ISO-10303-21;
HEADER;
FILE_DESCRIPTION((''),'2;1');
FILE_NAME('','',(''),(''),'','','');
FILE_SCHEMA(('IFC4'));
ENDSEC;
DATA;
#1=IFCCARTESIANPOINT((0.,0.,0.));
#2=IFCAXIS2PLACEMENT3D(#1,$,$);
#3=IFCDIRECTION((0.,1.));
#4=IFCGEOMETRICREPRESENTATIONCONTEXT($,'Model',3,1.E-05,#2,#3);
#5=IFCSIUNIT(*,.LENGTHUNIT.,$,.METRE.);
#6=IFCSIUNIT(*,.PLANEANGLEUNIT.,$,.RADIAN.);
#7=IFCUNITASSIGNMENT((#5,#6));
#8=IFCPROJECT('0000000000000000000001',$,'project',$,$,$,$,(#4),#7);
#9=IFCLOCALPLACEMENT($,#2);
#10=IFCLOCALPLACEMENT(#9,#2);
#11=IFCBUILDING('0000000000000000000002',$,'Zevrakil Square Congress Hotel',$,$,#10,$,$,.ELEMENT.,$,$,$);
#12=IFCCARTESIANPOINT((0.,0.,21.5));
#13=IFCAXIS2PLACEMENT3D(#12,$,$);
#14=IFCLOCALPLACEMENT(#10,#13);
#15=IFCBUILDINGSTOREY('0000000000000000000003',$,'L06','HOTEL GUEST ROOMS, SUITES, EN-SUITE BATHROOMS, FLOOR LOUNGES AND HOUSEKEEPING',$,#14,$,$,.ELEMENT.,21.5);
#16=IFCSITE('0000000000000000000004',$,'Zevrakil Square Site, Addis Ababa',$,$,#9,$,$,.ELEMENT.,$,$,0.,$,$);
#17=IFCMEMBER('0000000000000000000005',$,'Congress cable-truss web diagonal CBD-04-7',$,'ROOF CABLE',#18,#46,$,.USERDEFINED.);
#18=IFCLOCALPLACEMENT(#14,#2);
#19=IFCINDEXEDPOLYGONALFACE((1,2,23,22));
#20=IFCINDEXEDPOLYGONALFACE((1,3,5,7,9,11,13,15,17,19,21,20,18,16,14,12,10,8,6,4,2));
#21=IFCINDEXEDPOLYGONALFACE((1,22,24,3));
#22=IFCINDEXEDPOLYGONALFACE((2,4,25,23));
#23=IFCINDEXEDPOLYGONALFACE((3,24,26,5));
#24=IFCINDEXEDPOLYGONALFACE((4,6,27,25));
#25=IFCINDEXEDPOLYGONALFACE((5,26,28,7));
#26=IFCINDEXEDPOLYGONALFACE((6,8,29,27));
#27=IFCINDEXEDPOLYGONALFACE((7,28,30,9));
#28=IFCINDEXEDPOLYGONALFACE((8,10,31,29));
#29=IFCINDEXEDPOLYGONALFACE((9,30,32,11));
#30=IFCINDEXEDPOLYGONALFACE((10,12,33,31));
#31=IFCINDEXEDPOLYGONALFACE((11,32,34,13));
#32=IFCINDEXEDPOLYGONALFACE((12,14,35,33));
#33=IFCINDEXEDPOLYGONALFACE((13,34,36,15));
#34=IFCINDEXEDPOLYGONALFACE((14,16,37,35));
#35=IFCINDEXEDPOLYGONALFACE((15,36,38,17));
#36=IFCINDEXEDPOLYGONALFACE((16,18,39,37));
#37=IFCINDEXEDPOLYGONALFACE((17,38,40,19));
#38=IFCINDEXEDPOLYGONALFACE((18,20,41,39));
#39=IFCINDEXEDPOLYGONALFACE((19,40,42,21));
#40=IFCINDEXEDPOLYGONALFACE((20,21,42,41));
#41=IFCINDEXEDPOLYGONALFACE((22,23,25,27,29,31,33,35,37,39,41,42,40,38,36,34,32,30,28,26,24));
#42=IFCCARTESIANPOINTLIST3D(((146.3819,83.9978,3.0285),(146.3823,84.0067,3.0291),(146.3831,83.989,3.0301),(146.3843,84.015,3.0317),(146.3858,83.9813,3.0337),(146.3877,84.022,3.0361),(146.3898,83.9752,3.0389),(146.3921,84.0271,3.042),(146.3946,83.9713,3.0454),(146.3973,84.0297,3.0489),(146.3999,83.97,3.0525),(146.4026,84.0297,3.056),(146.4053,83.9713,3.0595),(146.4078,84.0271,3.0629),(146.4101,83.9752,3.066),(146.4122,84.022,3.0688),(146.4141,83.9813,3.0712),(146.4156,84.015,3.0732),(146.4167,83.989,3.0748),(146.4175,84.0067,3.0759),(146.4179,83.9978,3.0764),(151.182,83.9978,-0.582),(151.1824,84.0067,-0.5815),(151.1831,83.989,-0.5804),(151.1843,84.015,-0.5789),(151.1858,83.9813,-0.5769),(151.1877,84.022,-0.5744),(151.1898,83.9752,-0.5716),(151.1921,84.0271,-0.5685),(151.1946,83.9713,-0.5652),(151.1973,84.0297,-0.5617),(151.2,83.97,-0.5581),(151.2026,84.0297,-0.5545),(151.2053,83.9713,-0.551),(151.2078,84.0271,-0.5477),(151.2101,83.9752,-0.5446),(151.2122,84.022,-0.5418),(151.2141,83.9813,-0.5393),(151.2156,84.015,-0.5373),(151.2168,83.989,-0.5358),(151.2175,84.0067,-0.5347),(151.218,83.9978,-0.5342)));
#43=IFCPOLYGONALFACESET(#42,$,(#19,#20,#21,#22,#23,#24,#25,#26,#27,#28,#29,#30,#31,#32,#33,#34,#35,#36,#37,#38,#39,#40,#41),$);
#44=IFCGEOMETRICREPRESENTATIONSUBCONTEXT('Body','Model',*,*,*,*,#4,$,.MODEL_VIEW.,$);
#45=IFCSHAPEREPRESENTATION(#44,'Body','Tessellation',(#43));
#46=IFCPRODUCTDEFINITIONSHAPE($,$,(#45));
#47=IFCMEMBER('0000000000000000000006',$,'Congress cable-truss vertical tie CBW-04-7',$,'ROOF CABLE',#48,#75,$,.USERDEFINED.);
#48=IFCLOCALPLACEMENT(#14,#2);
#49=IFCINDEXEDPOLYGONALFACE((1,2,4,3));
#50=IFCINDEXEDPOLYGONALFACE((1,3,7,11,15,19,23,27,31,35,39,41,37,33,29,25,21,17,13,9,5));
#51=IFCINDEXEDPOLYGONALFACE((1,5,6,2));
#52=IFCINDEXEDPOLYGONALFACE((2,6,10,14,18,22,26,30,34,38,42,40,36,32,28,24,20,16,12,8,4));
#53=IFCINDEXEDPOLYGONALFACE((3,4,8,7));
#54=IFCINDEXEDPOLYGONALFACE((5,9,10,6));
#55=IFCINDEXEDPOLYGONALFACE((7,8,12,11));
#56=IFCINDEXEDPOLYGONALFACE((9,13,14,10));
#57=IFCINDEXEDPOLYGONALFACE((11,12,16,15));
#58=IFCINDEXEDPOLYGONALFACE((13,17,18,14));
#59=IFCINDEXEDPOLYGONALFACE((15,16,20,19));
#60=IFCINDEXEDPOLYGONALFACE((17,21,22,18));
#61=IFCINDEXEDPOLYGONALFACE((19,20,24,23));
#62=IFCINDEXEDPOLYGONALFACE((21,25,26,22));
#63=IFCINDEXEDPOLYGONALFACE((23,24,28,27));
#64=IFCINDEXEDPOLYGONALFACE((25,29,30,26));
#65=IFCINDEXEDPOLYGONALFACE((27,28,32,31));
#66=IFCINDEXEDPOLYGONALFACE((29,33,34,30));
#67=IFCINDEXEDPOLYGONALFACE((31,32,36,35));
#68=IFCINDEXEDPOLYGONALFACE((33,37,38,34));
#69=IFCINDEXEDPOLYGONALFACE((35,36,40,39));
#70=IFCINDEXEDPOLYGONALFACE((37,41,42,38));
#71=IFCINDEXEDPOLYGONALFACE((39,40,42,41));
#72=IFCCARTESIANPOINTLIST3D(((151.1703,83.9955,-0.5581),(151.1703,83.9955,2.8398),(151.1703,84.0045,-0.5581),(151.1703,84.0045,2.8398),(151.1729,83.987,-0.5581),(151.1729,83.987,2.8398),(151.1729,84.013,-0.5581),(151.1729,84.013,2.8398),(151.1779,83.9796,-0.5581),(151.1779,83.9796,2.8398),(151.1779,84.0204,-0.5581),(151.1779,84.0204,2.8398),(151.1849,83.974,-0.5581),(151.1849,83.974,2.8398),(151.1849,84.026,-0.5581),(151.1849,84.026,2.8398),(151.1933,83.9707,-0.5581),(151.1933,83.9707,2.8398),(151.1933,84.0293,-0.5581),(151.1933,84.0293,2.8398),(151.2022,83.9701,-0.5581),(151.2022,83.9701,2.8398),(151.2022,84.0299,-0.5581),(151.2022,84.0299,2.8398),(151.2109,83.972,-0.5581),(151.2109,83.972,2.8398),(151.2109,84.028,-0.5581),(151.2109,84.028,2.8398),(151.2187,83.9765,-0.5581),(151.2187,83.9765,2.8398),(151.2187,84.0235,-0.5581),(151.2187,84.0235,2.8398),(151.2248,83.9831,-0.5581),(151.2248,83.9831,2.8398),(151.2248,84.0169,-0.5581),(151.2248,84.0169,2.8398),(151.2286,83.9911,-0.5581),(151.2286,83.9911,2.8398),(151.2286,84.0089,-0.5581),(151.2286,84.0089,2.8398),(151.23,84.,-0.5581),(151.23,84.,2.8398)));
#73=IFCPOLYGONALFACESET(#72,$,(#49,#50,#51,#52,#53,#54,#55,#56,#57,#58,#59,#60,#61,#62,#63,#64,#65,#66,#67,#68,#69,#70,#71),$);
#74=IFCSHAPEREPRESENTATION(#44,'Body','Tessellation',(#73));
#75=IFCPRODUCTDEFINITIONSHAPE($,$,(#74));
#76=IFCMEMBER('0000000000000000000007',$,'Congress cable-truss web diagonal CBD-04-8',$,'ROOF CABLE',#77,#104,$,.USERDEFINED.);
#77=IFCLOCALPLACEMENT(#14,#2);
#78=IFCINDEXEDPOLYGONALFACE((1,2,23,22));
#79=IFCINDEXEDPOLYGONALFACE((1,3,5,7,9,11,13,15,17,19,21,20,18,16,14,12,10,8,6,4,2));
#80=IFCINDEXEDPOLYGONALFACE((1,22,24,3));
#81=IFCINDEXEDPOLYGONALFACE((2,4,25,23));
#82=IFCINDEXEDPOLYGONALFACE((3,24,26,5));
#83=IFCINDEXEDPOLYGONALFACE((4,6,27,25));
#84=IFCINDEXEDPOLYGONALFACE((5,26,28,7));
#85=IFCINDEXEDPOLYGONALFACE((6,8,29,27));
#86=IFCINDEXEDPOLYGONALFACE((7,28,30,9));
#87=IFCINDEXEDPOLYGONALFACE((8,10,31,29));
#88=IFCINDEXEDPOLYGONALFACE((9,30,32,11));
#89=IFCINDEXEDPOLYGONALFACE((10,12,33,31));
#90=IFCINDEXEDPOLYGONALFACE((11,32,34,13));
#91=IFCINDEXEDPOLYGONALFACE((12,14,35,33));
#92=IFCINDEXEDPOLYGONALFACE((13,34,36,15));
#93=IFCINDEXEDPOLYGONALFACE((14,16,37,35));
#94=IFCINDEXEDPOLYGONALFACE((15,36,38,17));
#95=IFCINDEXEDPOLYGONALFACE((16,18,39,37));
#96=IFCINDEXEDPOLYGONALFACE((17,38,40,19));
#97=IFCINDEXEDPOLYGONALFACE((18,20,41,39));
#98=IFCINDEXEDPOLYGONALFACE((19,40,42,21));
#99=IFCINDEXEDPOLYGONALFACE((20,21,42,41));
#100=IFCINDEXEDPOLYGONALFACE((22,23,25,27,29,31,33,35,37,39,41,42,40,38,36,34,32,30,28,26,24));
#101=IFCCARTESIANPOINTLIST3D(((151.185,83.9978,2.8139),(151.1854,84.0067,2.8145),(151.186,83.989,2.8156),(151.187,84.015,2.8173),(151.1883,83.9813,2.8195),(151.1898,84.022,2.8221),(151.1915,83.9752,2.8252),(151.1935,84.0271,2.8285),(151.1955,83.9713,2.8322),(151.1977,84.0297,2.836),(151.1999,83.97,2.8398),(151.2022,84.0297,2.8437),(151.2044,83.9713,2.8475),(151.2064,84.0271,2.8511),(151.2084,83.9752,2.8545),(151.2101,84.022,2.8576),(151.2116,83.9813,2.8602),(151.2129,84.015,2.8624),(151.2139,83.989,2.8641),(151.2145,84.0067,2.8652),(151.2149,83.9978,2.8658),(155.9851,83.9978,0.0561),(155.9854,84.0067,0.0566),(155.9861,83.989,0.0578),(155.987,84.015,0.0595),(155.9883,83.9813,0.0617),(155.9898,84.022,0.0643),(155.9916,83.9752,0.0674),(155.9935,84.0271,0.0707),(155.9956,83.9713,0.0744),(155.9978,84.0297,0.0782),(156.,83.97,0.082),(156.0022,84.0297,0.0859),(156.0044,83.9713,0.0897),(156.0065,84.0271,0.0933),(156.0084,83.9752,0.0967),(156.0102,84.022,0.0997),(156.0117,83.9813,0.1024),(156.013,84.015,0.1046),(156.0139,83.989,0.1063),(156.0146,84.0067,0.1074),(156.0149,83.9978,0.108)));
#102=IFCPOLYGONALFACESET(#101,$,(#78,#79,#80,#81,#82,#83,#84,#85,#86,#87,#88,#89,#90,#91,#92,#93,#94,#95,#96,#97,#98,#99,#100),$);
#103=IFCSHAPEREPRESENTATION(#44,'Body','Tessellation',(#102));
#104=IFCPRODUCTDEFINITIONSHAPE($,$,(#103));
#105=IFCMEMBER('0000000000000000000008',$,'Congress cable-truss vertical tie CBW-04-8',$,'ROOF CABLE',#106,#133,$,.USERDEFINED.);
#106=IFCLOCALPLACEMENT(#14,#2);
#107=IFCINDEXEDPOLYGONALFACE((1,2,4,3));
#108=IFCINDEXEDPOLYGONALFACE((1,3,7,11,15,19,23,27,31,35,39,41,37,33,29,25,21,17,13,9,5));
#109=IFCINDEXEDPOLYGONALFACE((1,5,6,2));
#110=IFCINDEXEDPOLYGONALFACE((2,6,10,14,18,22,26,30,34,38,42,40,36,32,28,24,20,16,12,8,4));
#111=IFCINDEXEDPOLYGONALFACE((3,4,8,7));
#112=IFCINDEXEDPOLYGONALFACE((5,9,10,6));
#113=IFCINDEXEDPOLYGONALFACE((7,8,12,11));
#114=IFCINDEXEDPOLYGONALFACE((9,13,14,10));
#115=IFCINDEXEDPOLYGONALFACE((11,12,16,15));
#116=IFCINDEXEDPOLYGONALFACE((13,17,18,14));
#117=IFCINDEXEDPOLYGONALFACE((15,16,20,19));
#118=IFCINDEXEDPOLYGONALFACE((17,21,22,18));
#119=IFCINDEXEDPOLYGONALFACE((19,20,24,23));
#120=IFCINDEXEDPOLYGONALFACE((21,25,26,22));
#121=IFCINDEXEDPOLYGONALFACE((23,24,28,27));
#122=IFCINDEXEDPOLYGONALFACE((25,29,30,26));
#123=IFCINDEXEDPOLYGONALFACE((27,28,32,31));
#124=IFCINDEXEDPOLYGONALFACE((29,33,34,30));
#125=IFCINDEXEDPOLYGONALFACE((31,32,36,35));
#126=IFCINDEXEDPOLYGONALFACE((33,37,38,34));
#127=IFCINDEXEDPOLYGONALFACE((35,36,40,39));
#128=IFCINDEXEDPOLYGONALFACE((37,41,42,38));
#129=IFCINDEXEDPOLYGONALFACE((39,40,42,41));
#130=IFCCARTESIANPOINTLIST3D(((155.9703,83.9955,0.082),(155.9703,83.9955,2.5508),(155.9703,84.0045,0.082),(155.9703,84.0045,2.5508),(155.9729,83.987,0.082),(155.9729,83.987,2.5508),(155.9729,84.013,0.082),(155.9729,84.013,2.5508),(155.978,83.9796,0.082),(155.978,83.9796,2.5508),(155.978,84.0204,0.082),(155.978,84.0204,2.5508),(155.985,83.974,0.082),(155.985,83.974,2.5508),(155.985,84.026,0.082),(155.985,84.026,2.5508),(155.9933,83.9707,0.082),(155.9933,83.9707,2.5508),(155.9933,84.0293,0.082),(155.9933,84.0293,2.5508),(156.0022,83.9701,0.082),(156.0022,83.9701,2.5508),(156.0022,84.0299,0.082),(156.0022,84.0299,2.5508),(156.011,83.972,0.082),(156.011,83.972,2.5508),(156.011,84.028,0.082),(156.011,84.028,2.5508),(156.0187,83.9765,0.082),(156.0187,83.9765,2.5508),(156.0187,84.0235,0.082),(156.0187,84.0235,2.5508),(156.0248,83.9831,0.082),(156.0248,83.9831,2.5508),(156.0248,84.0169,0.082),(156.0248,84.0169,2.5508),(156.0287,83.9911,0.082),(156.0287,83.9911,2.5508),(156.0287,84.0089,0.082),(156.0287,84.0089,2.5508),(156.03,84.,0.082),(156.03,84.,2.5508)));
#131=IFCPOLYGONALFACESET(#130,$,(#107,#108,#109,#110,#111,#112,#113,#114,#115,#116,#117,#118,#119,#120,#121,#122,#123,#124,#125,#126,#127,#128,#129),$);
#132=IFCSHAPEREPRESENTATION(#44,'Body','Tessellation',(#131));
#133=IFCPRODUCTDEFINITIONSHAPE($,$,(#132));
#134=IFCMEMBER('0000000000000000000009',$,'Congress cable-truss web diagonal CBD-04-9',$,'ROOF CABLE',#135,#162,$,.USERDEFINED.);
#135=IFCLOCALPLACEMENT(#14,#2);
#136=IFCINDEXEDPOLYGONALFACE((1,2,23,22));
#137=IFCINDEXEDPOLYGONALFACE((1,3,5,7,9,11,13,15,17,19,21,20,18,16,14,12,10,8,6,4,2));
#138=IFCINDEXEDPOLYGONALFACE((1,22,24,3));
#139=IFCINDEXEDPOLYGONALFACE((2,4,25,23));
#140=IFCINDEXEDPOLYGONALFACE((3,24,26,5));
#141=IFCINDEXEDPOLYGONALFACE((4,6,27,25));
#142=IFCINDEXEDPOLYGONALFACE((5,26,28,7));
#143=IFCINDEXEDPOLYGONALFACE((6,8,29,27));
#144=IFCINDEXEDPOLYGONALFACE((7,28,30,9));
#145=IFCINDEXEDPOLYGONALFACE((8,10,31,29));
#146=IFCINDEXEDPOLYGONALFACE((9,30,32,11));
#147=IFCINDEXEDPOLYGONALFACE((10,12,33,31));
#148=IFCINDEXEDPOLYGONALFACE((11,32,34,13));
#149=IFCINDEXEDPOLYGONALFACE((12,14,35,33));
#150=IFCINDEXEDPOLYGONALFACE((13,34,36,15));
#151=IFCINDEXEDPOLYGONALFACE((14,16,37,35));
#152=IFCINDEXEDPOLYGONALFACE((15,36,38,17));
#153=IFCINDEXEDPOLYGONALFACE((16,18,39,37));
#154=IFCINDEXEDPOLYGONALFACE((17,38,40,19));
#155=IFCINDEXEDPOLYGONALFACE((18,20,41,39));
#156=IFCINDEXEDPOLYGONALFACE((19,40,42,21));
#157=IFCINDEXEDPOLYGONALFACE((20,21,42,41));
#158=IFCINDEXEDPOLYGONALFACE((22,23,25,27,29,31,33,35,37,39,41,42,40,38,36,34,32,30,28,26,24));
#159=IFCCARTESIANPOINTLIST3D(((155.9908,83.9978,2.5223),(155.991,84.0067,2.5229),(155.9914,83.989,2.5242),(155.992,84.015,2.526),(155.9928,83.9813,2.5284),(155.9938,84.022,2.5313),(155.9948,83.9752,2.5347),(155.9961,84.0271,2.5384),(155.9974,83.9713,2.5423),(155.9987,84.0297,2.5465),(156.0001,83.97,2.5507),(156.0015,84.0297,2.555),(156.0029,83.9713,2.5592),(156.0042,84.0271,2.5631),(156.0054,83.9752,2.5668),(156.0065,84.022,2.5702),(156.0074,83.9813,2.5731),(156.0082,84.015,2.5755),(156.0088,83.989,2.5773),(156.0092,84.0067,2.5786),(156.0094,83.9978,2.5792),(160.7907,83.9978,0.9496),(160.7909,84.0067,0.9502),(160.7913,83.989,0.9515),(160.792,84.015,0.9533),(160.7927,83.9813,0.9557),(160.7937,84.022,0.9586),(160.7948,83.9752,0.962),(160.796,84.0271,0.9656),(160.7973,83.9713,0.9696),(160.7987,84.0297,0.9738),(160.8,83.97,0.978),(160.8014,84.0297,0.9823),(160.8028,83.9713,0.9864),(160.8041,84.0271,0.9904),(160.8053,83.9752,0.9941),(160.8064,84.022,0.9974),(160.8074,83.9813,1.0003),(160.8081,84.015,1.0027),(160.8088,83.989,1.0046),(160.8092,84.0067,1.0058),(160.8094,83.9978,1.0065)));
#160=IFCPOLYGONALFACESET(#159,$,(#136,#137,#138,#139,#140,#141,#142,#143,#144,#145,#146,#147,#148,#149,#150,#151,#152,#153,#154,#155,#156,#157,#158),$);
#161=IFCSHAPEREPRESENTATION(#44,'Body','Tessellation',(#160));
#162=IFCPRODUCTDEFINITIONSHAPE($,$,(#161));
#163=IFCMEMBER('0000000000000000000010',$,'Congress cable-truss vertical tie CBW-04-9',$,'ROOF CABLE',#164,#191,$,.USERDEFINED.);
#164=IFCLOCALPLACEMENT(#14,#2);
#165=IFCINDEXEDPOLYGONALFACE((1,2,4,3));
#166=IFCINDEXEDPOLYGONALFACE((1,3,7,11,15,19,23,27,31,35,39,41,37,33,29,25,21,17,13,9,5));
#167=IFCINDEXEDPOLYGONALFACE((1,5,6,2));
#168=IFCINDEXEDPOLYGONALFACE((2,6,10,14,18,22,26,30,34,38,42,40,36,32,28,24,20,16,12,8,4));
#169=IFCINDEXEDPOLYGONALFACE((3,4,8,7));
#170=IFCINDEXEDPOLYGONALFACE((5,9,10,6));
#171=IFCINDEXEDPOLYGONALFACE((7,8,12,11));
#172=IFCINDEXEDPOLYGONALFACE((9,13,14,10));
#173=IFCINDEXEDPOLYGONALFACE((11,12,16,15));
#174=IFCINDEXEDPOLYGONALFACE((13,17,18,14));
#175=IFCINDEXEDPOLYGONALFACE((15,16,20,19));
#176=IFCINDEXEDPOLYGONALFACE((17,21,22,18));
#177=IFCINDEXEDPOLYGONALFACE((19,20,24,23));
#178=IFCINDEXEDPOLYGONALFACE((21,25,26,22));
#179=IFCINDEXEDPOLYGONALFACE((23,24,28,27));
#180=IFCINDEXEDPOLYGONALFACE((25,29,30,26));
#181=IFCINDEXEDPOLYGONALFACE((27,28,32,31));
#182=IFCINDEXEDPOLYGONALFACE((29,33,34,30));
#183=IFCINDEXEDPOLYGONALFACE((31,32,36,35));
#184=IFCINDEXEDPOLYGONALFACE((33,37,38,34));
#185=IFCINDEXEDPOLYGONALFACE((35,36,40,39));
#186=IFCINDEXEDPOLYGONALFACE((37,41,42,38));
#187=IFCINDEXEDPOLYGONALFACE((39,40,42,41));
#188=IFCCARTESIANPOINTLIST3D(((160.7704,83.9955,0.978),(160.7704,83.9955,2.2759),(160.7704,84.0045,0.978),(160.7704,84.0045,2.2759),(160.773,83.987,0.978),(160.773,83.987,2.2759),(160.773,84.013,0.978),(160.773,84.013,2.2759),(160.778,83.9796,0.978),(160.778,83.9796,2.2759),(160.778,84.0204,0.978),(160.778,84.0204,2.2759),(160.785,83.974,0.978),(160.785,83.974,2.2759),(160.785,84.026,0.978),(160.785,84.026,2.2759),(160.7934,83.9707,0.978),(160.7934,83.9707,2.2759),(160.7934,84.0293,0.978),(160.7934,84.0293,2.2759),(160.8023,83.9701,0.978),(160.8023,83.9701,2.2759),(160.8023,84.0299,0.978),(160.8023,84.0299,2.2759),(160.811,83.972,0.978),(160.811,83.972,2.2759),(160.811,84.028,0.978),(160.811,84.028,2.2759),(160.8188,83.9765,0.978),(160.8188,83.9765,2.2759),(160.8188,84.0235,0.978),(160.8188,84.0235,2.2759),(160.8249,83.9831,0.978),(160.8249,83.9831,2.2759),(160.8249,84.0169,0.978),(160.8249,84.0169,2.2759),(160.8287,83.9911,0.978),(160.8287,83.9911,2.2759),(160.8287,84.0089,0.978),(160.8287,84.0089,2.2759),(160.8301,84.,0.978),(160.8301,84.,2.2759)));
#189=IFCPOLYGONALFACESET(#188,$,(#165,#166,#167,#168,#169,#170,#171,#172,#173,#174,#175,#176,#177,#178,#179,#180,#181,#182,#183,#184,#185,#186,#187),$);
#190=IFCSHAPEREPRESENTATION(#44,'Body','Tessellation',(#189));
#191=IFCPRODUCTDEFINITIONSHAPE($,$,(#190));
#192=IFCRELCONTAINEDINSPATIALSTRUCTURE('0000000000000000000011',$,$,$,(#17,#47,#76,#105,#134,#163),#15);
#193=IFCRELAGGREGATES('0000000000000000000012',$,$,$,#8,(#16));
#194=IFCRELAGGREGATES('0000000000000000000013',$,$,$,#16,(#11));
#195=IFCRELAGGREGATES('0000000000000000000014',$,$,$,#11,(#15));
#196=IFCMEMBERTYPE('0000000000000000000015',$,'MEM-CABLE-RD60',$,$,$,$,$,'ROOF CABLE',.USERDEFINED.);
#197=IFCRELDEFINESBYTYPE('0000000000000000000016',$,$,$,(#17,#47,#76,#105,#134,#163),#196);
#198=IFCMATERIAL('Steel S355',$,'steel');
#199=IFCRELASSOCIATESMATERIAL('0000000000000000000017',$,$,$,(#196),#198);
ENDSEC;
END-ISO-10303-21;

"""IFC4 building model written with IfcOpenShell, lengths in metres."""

from ifc_helpers import new_model, si_unit, direction, frame, origin, origin_2d, place, context, subcontext, project, spatial, circle, extrude, material, material_profile, profile_set, type_object, element, save


model = new_model("IFC4")

# Units and contexts
model_context = context("Model", 3, precision=1e-05, world=origin(), true_north=direction((0.0, 1.0)))
body_context = subcontext(model_context, "Body", "Model", "MODEL_VIEW")
ifc_project = project(units=[si_unit("LENGTHUNIT", "METRE"), si_unit("PLANEANGLEUNIT", "RADIAN")], contexts=[model_context])

# Site, building, storey
site_placement = place(None, origin())
site = spatial("IfcSite", under=ifc_project, at=site_placement, Name="Zevrakil Square Site, Addis Ababa", CompositionType="ELEMENT", RefElevation=0.0)
building_placement = place(site_placement, origin())
building = spatial("IfcBuilding", under=site, at=building_placement, Name="Zevrakil Square Congress Hotel", CompositionType="ELEMENT")
storey_placement = place(building_placement, frame((0.0, 0.0, 21.5)))
storey = spatial("IfcBuildingStorey", under=building, at=storey_placement, Name="L06", Description="HOTEL GUEST ROOMS, SUITES, EN-SUITE BATHROOMS, FLOOR LOUNGES AND HOUSEKEEPING", CompositionType="ELEMENT", Elevation=21.5)

# Members
ifc_material_1 = material(Name="Steel S355", Category="steel")
ifc_material_profile_1 = material_profile(ifc_material_1, circle(Radius=0.03, at=origin_2d()), Name="CABLE RD60")
ifc_profile_set_1 = profile_set([ifc_material_profile_1], Name="Steel S355")
member_type_1 = type_object("IfcMemberType", Name="MEM-CABLE-RD60", ElementType="ROOF CABLE", PredefinedType="USERDEFINED", material=ifc_profile_set_1)
member_1_placement = place(storey_placement, frame((151.2, 84.0, -0.5581), z_axis=(-0.799155, 0.0, 0.601125), x_axis=(0.0, -1.0, 0.0)))
element("IfcMember", 1, at=member_1_placement, inside=storey, type_object=member_type_1, Name="Congress cable-truss web diagonal CBD-04-7", ObjectType="ROOF CABLE", PredefinedType="USERDEFINED", context=body_context, shape_type="SweptSolid", body=[
    extrude(circle(Radius=0.03, at=origin_2d()), origin(), (0.0, 0.0, 1.0), 6.0063),
])
member_2_placement = place(storey_placement, frame((151.2, 84.0, -0.5581), z_axis=(0.0, 0.0, 1.0), x_axis=(1.0, 0.0, 0.0)))
element("IfcMember", 2, at=member_2_placement, inside=storey, type_object=member_type_1, Name="Congress cable-truss vertical tie CBW-04-7", ObjectType="ROOF CABLE", PredefinedType="USERDEFINED", context=body_context, shape_type="SweptSolid", body=[
    extrude(circle(Radius=0.03, at=origin_2d()), origin(), (0.0, 0.0, 1.0), 3.3979),
])
member_3_placement = place(storey_placement, frame((156.0, 84.0, 0.082), z_axis=(-0.867079, 0.0, 0.49817), x_axis=(0.0, -1.0, 0.0)))
element("IfcMember", 3, at=member_3_placement, inside=storey, type_object=member_type_1, Name="Congress cable-truss web diagonal CBD-04-8", ObjectType="ROOF CABLE", PredefinedType="USERDEFINED", context=body_context, shape_type="SweptSolid", body=[
    extrude(circle(Radius=0.03, at=origin_2d()), origin(), (0.0, 0.0, 1.0), 5.5359),
])
member_4_placement = place(storey_placement, frame((156.0, 84.0, 0.082), z_axis=(0.0, 0.0, 1.0), x_axis=(1.0, 0.0, 0.0)))
element("IfcMember", 4, at=member_4_placement, inside=storey, type_object=member_type_1, Name="Congress cable-truss vertical tie CBW-04-8", ObjectType="ROOF CABLE", PredefinedType="USERDEFINED", context=body_context, shape_type="SweptSolid", body=[
    extrude(circle(Radius=0.03, at=origin_2d()), origin(), (0.0, 0.0, 1.0), 2.4688),
])
member_5_placement = place(storey_placement, frame((160.8, 84.0, 0.978), z_axis=(-0.95029, 0.0, 0.311366), x_axis=(0.0, -1.0, 0.0)))
element("IfcMember", 5, at=member_5_placement, inside=storey, type_object=member_type_1, Name="Congress cable-truss web diagonal CBD-04-9", ObjectType="ROOF CABLE", PredefinedType="USERDEFINED", context=body_context, shape_type="SweptSolid", body=[
    extrude(circle(Radius=0.03, at=origin_2d()), origin(), (0.0, 0.0, 1.0), 5.051),
])
member_6_placement = place(storey_placement, frame((160.8, 84.0, 0.978), z_axis=(0.0, 0.0, 1.0), x_axis=(1.0, 0.0, 0.0)))
element("IfcMember", 6, at=member_6_placement, inside=storey, type_object=member_type_1, Name="Congress cable-truss vertical tie CBW-04-9", ObjectType="ROOF CABLE", PredefinedType="USERDEFINED", context=body_context, shape_type="SweptSolid", body=[
    extrude(circle(Radius=0.03, at=origin_2d()), origin(), (0.0, 0.0, 1.0), 1.2979),
])

save(model, "model.ifc")
